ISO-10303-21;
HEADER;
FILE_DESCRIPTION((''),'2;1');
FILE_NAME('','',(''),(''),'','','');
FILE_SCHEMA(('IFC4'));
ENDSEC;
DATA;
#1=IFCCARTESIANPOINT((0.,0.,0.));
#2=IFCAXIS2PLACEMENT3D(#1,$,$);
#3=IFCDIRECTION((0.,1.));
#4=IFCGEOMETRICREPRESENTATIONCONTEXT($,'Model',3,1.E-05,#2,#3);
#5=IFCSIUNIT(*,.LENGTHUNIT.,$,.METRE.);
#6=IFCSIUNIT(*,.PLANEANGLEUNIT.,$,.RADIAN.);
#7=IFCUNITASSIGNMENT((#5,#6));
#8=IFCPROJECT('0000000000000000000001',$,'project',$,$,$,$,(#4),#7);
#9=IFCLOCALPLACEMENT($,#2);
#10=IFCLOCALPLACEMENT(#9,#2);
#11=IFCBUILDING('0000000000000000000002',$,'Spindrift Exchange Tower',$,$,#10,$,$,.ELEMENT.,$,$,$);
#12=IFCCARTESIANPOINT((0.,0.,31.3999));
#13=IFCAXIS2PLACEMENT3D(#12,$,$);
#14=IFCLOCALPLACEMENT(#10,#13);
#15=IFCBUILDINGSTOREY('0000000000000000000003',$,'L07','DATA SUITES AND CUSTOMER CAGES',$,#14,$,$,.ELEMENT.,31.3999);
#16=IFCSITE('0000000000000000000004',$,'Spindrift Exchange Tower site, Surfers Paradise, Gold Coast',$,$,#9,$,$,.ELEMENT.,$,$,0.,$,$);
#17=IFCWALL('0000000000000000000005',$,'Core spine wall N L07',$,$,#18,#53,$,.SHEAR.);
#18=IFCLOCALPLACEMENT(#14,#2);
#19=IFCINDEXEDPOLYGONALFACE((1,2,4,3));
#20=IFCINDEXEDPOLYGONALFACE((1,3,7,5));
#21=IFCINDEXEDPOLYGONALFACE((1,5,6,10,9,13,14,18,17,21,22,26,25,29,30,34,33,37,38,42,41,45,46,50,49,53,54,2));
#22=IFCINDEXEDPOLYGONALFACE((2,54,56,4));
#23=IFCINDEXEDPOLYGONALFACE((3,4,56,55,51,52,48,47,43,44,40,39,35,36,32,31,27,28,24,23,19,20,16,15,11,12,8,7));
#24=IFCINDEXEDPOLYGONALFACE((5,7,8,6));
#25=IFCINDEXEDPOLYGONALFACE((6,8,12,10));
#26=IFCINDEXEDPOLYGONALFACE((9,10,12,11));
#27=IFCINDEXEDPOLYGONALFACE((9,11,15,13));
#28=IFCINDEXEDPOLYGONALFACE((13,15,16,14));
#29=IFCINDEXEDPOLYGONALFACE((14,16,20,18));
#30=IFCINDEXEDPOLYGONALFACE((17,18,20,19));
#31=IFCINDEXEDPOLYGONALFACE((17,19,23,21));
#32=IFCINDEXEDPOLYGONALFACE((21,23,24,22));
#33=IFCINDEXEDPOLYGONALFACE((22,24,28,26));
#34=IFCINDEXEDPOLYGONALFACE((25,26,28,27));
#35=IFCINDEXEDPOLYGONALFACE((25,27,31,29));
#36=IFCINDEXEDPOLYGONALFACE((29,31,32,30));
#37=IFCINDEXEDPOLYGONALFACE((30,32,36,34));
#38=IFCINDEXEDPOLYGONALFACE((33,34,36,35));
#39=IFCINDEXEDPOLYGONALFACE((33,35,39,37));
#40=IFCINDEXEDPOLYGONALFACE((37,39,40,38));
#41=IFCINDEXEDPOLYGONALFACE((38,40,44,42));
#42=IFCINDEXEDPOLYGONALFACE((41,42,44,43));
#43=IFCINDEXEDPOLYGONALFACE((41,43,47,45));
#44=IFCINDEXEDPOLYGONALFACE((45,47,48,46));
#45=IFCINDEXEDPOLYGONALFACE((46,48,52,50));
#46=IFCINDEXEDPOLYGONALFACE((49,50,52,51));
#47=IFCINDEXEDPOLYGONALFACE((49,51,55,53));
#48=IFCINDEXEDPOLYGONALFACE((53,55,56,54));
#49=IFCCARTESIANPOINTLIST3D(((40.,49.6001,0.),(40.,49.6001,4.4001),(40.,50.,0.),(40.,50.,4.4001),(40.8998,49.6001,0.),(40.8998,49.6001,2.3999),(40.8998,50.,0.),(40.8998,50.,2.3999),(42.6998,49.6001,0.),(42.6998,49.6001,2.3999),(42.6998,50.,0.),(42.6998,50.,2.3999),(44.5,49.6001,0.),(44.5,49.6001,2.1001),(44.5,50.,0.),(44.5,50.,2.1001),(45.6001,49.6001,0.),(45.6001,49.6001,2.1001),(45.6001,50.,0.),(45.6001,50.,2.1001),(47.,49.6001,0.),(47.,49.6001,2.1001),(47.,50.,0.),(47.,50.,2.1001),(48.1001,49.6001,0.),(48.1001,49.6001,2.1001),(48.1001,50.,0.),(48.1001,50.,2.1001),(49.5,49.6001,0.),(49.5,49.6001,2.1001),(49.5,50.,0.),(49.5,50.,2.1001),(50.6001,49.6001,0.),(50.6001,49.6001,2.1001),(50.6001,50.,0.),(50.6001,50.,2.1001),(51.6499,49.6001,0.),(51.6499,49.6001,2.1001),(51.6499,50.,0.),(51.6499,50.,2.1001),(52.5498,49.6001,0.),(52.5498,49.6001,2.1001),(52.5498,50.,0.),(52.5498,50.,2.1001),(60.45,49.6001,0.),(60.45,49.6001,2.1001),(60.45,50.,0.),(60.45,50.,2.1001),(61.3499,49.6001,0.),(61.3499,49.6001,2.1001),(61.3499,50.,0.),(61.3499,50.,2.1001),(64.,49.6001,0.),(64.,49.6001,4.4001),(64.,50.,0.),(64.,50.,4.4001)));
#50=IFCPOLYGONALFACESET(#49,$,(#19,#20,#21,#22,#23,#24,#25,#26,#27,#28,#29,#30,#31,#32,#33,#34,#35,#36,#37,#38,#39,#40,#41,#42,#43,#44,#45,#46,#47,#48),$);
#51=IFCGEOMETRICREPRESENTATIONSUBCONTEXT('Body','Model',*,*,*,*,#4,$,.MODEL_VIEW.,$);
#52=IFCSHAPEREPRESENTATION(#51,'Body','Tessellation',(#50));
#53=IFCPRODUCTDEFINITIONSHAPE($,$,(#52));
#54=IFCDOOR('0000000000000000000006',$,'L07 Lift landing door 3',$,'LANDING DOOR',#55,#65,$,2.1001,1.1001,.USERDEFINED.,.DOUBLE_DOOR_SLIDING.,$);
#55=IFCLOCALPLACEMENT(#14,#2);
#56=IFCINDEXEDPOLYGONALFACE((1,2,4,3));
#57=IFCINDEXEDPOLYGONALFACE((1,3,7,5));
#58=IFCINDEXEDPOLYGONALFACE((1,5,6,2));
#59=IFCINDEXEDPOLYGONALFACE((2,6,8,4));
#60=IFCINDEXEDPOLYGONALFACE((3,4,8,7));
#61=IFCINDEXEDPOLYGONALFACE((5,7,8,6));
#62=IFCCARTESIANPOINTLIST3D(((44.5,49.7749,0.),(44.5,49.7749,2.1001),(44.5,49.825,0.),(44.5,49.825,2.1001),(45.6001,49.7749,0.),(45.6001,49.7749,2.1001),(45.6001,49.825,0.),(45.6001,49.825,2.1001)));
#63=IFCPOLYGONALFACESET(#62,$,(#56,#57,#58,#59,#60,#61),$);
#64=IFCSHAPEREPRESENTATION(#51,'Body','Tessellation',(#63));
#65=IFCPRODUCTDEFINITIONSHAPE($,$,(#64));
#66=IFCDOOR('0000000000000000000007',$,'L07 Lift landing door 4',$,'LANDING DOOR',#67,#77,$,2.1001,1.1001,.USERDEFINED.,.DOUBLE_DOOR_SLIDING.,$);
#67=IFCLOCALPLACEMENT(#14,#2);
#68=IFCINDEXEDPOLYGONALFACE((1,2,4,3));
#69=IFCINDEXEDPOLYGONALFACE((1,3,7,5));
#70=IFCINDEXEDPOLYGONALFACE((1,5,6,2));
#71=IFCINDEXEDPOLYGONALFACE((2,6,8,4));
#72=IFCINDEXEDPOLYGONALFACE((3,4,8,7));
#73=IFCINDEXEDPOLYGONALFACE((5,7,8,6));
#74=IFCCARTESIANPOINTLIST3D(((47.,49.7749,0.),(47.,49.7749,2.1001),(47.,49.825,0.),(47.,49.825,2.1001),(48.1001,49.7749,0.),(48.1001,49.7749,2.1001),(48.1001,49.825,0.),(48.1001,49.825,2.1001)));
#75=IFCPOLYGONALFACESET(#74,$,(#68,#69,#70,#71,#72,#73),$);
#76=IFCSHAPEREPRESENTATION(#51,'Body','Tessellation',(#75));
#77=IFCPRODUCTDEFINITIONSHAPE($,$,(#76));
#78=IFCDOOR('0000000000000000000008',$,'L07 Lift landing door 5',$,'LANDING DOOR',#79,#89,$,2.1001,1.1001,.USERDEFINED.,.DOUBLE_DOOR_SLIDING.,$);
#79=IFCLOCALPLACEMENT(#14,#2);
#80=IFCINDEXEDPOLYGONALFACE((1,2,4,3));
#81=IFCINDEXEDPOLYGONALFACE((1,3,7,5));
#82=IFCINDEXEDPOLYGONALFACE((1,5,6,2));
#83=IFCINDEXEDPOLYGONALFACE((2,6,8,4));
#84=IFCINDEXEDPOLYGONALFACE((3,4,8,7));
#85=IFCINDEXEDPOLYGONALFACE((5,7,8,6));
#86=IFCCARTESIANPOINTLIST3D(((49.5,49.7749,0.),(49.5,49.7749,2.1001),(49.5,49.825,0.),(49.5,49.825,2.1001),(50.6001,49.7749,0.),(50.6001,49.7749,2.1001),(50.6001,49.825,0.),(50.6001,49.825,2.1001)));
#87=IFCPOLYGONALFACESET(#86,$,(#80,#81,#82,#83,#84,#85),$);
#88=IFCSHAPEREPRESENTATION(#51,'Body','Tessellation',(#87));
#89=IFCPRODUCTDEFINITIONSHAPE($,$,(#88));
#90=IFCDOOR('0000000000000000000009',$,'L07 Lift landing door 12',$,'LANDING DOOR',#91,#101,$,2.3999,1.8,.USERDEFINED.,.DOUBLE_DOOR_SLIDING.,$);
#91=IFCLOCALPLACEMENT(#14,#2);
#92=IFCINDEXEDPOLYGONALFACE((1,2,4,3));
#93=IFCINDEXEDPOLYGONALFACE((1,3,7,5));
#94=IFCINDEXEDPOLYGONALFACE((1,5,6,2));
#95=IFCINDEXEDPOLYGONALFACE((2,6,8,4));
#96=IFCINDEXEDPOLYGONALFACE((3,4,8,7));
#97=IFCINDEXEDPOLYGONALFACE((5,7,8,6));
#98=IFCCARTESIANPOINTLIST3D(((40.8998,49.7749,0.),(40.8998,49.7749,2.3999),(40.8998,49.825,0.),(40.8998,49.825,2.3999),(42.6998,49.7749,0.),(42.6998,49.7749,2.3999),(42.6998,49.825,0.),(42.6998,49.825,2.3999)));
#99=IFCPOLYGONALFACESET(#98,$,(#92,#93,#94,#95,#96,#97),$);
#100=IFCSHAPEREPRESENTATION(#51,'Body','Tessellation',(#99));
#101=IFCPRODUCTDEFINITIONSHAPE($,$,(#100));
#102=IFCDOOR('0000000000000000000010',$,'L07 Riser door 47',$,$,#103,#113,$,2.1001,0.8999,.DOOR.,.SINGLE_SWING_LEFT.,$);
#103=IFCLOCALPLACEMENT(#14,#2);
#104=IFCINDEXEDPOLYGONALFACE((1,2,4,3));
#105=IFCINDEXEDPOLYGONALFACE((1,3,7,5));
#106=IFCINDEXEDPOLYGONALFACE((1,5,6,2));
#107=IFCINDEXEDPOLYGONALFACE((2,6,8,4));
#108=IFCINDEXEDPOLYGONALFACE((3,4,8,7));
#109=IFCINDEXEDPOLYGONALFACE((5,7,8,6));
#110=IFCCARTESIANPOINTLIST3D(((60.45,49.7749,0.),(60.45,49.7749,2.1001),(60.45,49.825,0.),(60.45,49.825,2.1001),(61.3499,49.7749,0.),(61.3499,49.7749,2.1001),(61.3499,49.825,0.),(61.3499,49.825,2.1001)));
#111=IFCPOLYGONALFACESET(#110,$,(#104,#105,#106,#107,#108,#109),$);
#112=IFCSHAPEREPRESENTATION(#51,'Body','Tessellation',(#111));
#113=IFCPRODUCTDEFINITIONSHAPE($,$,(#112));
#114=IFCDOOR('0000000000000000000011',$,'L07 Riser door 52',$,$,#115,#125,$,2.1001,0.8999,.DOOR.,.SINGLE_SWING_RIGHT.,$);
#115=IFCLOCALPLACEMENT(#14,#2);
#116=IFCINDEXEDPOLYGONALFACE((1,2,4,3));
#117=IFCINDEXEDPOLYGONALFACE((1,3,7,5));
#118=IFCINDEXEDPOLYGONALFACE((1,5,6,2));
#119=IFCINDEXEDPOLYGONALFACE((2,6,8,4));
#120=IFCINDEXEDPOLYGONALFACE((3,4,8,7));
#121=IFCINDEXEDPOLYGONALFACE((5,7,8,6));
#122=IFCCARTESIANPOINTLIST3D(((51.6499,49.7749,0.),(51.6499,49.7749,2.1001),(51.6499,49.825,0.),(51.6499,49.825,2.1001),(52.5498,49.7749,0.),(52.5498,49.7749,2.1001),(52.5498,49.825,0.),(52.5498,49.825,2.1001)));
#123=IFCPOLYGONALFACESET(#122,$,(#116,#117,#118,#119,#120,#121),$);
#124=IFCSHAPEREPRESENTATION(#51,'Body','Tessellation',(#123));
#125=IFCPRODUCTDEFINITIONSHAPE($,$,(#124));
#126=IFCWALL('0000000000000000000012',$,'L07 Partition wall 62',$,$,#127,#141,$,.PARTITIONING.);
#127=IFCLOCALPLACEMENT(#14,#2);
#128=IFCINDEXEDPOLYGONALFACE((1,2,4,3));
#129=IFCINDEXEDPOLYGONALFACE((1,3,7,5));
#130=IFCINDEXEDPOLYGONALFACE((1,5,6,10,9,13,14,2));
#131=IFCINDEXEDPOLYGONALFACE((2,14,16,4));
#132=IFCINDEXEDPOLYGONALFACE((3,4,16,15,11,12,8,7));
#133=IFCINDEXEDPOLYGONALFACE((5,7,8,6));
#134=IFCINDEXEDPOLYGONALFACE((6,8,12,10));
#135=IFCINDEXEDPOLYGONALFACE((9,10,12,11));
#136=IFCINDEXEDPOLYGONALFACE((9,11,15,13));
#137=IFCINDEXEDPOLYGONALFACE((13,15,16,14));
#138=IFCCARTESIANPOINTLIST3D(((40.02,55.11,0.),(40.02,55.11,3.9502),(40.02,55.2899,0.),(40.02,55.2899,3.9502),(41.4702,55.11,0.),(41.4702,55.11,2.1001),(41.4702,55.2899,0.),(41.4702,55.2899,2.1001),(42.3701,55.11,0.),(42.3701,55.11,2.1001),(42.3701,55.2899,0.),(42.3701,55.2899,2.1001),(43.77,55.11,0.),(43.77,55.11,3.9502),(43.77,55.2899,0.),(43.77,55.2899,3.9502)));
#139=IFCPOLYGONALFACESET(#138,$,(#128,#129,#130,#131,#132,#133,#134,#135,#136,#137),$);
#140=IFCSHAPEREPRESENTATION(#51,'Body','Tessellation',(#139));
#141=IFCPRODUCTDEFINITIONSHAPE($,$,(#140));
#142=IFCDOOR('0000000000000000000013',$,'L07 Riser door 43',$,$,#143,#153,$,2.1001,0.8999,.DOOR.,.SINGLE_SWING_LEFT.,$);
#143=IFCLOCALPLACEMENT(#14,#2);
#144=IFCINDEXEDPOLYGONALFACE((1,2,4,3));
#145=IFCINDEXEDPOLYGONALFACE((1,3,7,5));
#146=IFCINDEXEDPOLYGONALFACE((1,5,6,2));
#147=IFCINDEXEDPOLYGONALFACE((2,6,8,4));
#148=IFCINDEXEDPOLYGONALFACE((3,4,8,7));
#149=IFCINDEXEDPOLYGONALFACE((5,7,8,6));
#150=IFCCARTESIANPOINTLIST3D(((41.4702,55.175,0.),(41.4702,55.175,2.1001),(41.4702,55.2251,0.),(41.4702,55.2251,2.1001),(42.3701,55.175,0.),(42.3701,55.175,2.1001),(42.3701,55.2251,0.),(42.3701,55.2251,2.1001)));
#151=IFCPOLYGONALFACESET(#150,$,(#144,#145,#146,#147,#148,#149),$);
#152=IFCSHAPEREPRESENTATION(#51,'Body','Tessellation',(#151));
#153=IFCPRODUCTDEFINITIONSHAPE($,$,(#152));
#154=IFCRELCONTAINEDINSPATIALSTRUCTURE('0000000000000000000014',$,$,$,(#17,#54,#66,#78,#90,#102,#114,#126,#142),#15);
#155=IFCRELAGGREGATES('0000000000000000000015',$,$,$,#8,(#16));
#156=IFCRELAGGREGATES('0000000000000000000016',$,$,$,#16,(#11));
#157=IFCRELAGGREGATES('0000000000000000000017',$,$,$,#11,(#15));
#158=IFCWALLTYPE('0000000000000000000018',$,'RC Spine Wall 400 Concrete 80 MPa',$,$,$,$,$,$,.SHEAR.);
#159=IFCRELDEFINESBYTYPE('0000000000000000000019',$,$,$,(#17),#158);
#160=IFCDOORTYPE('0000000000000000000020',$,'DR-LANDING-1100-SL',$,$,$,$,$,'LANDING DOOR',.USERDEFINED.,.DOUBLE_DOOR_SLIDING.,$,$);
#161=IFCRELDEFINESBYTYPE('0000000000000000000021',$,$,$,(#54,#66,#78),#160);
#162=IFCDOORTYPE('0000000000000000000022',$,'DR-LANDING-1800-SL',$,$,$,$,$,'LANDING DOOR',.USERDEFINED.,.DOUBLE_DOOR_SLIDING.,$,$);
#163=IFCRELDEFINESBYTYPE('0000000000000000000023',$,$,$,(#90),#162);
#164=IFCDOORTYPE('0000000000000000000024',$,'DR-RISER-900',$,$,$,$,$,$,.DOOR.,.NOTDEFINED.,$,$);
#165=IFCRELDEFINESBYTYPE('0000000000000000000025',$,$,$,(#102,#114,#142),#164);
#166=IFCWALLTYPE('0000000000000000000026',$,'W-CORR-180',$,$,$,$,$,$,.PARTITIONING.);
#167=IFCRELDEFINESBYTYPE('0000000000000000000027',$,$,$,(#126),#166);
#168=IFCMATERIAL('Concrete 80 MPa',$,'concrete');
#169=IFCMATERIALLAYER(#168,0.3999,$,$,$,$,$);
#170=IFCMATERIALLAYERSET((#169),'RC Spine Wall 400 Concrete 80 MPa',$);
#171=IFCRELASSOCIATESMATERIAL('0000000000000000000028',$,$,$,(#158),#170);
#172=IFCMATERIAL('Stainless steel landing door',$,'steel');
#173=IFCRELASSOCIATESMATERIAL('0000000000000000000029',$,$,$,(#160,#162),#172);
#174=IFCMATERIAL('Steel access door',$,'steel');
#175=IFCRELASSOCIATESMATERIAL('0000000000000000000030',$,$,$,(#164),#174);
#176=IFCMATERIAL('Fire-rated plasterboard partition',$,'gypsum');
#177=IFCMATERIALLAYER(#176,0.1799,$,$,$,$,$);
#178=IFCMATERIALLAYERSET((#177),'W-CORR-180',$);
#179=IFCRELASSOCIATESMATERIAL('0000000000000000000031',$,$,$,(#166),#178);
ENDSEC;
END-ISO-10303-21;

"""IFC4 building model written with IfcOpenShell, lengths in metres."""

from ifc_helpers import new_model, si_unit, direction, frame, frame_2d, origin, place, context, subcontext, project, spatial, rectangle, extrude, source, transform, mapped, material, layer, layer_set, type_object, element, fill, save


model = new_model("IFC4")

# Units and contexts
model_context = context("Model", 3, precision=1e-05, world=origin(), true_north=direction((0.0, 1.0)))
body_context = subcontext(model_context, "Body", "Model", "MODEL_VIEW")
ifc_project = project(units=[si_unit("LENGTHUNIT", "METRE"), si_unit("PLANEANGLEUNIT", "RADIAN")], contexts=[model_context])

# Site, building, storey
site_placement = place(None, origin())
site = spatial("IfcSite", under=ifc_project, at=site_placement, Name="Spindrift Exchange Tower site, Surfers Paradise, Gold Coast", CompositionType="ELEMENT", RefElevation=0.0)
building_placement = place(site_placement, origin())
building = spatial("IfcBuilding", under=site, at=building_placement, Name="Spindrift Exchange Tower", CompositionType="ELEMENT")
storey_placement = place(building_placement, frame((0.0, 0.0, 31.3999)))
storey = spatial("IfcBuildingStorey", under=building, at=storey_placement, Name="L07", Description="DATA SUITES AND CUSTOMER CAGES", CompositionType="ELEMENT", Elevation=31.3999)

# Wall, openings, doors
ifc_material_1 = material(Name="Concrete 80 MPa", Category="concrete")
ifc_layer_1 = layer(ifc_material_1, 0.3999)
ifc_layer_set_1 = layer_set([ifc_layer_1], Name="RC Spine Wall 400 Concrete 80 MPa")
wall_type_1 = type_object("IfcWallType", Name="RC Spine Wall 400 Concrete 80 MPa", PredefinedType="SHEAR", material=ifc_layer_set_1)
wall_1_placement = place(storey_placement, frame((40.0, 49.8, 0.0), z_axis=(0.0, 0.0, 1.0), x_axis=(1.0, 0.0, 0.0)))
wall_1 = element("IfcWall", 1, at=wall_1_placement, inside=storey, type_object=wall_type_1, Name="Core spine wall N L07", PredefinedType="SHEAR", context=body_context, shape_type="SweptSolid", body=[
    extrude(rectangle(XDim=24.0, YDim=0.3999, at=frame_2d((12.0, 0.0))), origin(), (0.0, 0.0, 1.0), 4.4001),
])
opening_1_placement = place(wall_1_placement, frame((4.5, 0.0, 0.0)))
opening_1 = element("IfcOpeningElement", 2, at=opening_1_placement, cuts=wall_1, PredefinedType="OPENING", context=body_context, shape_type="SweptSolid", body=[
    extrude(rectangle(XDim=1.1001, YDim=2.1001, at=frame_2d((0.55, 1.05))), frame((0.0, 0.21, 0.0), z_axis=(0.0, -1.0, 0.0), x_axis=(1.0, 0.0, 0.0)), (0.0, 0.0, 1.0), 0.4199),
])
opening_2_placement = place(wall_1_placement, frame((7.0, 0.0, 0.0)))
opening_2 = element("IfcOpeningElement", 3, at=opening_2_placement, cuts=wall_1, PredefinedType="OPENING", context=body_context, shape_type="SweptSolid", body=[
    extrude(rectangle(XDim=1.1001, YDim=2.1001, at=frame_2d((0.55, 1.05))), frame((0.0, 0.21, 0.0), z_axis=(0.0, -1.0, 0.0), x_axis=(1.0, 0.0, 0.0)), (0.0, 0.0, 1.0), 0.4199),
])
opening_3_placement = place(wall_1_placement, frame((9.5, 0.0, 0.0)))
opening_3 = element("IfcOpeningElement", 4, at=opening_3_placement, cuts=wall_1, PredefinedType="OPENING", context=body_context, shape_type="SweptSolid", body=[
    extrude(rectangle(XDim=1.1001, YDim=2.1001, at=frame_2d((0.55, 1.05))), frame((0.0, 0.21, 0.0), z_axis=(0.0, -1.0, 0.0), x_axis=(1.0, 0.0, 0.0)), (0.0, 0.0, 1.0), 0.4199),
])
opening_4_placement = place(wall_1_placement, frame((0.8999, 0.0, 0.0)))
opening_4 = element("IfcOpeningElement", 5, at=opening_4_placement, cuts=wall_1, PredefinedType="OPENING", context=body_context, shape_type="SweptSolid", body=[
    extrude(rectangle(XDim=1.8, YDim=2.3999, at=frame_2d((0.8999, 1.2))), frame((0.0, 0.21, 0.0), z_axis=(0.0, -1.0, 0.0), x_axis=(1.0, 0.0, 0.0)), (0.0, 0.0, 1.0), 0.4199),
])
opening_5_placement = place(wall_1_placement, frame((20.45, 0.0, 0.0)))
opening_5 = element("IfcOpeningElement", 6, at=opening_5_placement, cuts=wall_1, PredefinedType="OPENING", context=body_context, shape_type="SweptSolid", body=[
    extrude(rectangle(XDim=0.8999, YDim=2.1001, at=frame_2d((0.45, 1.05))), frame((0.0, 0.21, 0.0), z_axis=(0.0, -1.0, 0.0), x_axis=(1.0, 0.0, 0.0)), (0.0, 0.0, 1.0), 0.4199),
])
opening_6_placement = place(wall_1_placement, frame((11.6499, 0.0, 0.0)))
opening_6 = element("IfcOpeningElement", 7, at=opening_6_placement, cuts=wall_1, PredefinedType="OPENING", context=body_context, shape_type="SweptSolid", body=[
    extrude(rectangle(XDim=0.8999, YDim=2.1001, at=frame_2d((0.45, 1.05))), frame((0.0, 0.21, 0.0), z_axis=(0.0, -1.0, 0.0), x_axis=(1.0, 0.0, 0.0)), (0.0, 0.0, 1.0), 0.4199),
])
ifc_material_2 = material(Name="Stainless steel landing door", Category="steel")
door_type_1 = type_object("IfcDoorType", Name="DR-LANDING-1100-SL", ElementType="LANDING DOOR", OperationType="DOUBLE_DOOR_SLIDING", PredefinedType="USERDEFINED", material=ifc_material_2)
shared_shape_1 = source(origin(), body_context, "Body", "SweptSolid", [
    extrude(rectangle(XDim=1.1001, YDim=2.1001, at=frame_2d((0.55, 1.05))), frame((0.0, 0.0249, 0.0), z_axis=(0.0, -1.0, 0.0), x_axis=(1.0, 0.0, 0.0)), (0.0, 0.0, 1.0), 0.05),
])
door_1_placement = place(opening_1_placement, origin())
door_1 = element("IfcDoor", 8, at=door_1_placement, inside=storey, type_object=door_type_1, Name="L07 Lift landing door 3", ObjectType="LANDING DOOR", OperationType="DOUBLE_DOOR_SLIDING", OverallHeight=2.1001, OverallWidth=1.1001, PredefinedType="USERDEFINED", context=body_context, shape_type="MappedRepresentation", body=[
    mapped(shared_shape_1, transform((0.0, 0.0, 0.0), scale=1.0)),
])
fill(opening_1, door_1)
door_2_placement = place(opening_2_placement, origin())
door_2 = element("IfcDoor", 9, at=door_2_placement, inside=storey, type_object=door_type_1, Name="L07 Lift landing door 4", ObjectType="LANDING DOOR", OperationType="DOUBLE_DOOR_SLIDING", OverallHeight=2.1001, OverallWidth=1.1001, PredefinedType="USERDEFINED", context=body_context, shape_type="MappedRepresentation", body=[
    mapped(shared_shape_1, transform((0.0, 0.0, 0.0), scale=1.0)),
])
fill(opening_2, door_2)
door_3_placement = place(opening_3_placement, origin())
door_3 = element("IfcDoor", 10, at=door_3_placement, inside=storey, type_object=door_type_1, Name="L07 Lift landing door 5", ObjectType="LANDING DOOR", OperationType="DOUBLE_DOOR_SLIDING", OverallHeight=2.1001, OverallWidth=1.1001, PredefinedType="USERDEFINED", context=body_context, shape_type="MappedRepresentation", body=[
    mapped(shared_shape_1, transform((0.0, 0.0, 0.0), scale=1.0)),
])
fill(opening_3, door_3)
door_type_2 = type_object("IfcDoorType", Name="DR-LANDING-1800-SL", ElementType="LANDING DOOR", OperationType="DOUBLE_DOOR_SLIDING", PredefinedType="USERDEFINED", material=ifc_material_2)
shared_shape_2 = source(origin(), body_context, "Body", "SweptSolid", [
    extrude(rectangle(XDim=1.8, YDim=2.3999, at=frame_2d((0.8999, 1.2))), frame((0.0, 0.0249, 0.0), z_axis=(0.0, -1.0, 0.0), x_axis=(1.0, 0.0, 0.0)), (0.0, 0.0, 1.0), 0.05),
])
door_4_placement = place(opening_4_placement, origin())
door_4 = element("IfcDoor", 11, at=door_4_placement, inside=storey, type_object=door_type_2, Name="L07 Lift landing door 12", ObjectType="LANDING DOOR", OperationType="DOUBLE_DOOR_SLIDING", OverallHeight=2.3999, OverallWidth=1.8, PredefinedType="USERDEFINED", context=body_context, shape_type="MappedRepresentation", body=[
    mapped(shared_shape_2, transform((0.0, 0.0, 0.0), scale=1.0)),
])
fill(opening_4, door_4)
ifc_material_3 = material(Name="Steel access door", Category="steel")
door_type_3 = type_object("IfcDoorType", Name="DR-RISER-900", OperationType="NOTDEFINED", PredefinedType="DOOR", material=ifc_material_3)
shared_shape_3 = source(origin(), body_context, "Body", "SweptSolid", [
    extrude(rectangle(XDim=0.8999, YDim=2.1001, at=frame_2d((0.45, 1.05))), frame((0.0, 0.0249, 0.0), z_axis=(0.0, -1.0, 0.0), x_axis=(1.0, 0.0, 0.0)), (0.0, 0.0, 1.0), 0.05),
])
door_5_placement = place(opening_5_placement, origin())
door_5 = element("IfcDoor", 12, at=door_5_placement, inside=storey, type_object=door_type_3, Name="L07 Riser door 47", OperationType="SINGLE_SWING_LEFT", OverallHeight=2.1001, OverallWidth=0.8999, PredefinedType="DOOR", context=body_context, shape_type="MappedRepresentation", body=[
    mapped(shared_shape_3, transform((0.0, 0.0, 0.0), scale=1.0)),
])
fill(opening_5, door_5)
door_6_placement = place(opening_6_placement, origin())
door_6 = element("IfcDoor", 13, at=door_6_placement, inside=storey, type_object=door_type_3, Name="L07 Riser door 52", OperationType="SINGLE_SWING_RIGHT", OverallHeight=2.1001, OverallWidth=0.8999, PredefinedType="DOOR", context=body_context, shape_type="MappedRepresentation", body=[
    mapped(shared_shape_3, transform((0.0, 0.0, 0.0), scale=1.0)),
])
fill(opening_6, door_6)

# Wall, opening, door
ifc_material_4 = material(Name="Fire-rated plasterboard partition", Category="gypsum")
ifc_layer_2 = layer(ifc_material_4, 0.1799)
ifc_layer_set_2 = layer_set([ifc_layer_2], Name="W-CORR-180")
wall_type_2 = type_object("IfcWallType", Name="W-CORR-180", PredefinedType="PARTITIONING", material=ifc_layer_set_2)
wall_2_placement = place(storey_placement, frame((43.77, 55.2, 0.0), z_axis=(0.0, 0.0, 1.0), x_axis=(-1.0, 0.0, 0.0)))
wall_2 = element("IfcWall", 14, at=wall_2_placement, inside=storey, type_object=wall_type_2, Name="L07 Partition wall 62", PredefinedType="PARTITIONING", context=body_context, shape_type="SweptSolid", body=[
    extrude(rectangle(XDim=3.75, YDim=0.1799, at=frame_2d((1.875, 0.0))), origin(), (0.0, 0.0, 1.0), 3.9502),
])
opening_7_placement = place(wall_2_placement, frame((1.3999, 0.0, 0.0)))
opening_7 = element("IfcOpeningElement", 15, at=opening_7_placement, cuts=wall_2, PredefinedType="OPENING", context=body_context, shape_type="SweptSolid", body=[
    extrude(rectangle(XDim=0.8999, YDim=2.1001, at=frame_2d((0.45, 1.05))), frame((0.0, 0.0999, 0.0), z_axis=(0.0, -1.0, 0.0), x_axis=(1.0, 0.0, 0.0)), (0.0, 0.0, 1.0), 0.2),
])
door_7_placement = place(opening_7_placement, origin())
door_7 = element("IfcDoor", 16, at=door_7_placement, inside=storey, type_object=door_type_3, Name="L07 Riser door 43", OperationType="SINGLE_SWING_LEFT", OverallHeight=2.1001, OverallWidth=0.8999, PredefinedType="DOOR", context=body_context, shape_type="MappedRepresentation", body=[
    mapped(shared_shape_3, transform((0.0, 0.0, 0.0), scale=1.0)),
])
fill(opening_7, door_7)

save(model, "model.ifc")
